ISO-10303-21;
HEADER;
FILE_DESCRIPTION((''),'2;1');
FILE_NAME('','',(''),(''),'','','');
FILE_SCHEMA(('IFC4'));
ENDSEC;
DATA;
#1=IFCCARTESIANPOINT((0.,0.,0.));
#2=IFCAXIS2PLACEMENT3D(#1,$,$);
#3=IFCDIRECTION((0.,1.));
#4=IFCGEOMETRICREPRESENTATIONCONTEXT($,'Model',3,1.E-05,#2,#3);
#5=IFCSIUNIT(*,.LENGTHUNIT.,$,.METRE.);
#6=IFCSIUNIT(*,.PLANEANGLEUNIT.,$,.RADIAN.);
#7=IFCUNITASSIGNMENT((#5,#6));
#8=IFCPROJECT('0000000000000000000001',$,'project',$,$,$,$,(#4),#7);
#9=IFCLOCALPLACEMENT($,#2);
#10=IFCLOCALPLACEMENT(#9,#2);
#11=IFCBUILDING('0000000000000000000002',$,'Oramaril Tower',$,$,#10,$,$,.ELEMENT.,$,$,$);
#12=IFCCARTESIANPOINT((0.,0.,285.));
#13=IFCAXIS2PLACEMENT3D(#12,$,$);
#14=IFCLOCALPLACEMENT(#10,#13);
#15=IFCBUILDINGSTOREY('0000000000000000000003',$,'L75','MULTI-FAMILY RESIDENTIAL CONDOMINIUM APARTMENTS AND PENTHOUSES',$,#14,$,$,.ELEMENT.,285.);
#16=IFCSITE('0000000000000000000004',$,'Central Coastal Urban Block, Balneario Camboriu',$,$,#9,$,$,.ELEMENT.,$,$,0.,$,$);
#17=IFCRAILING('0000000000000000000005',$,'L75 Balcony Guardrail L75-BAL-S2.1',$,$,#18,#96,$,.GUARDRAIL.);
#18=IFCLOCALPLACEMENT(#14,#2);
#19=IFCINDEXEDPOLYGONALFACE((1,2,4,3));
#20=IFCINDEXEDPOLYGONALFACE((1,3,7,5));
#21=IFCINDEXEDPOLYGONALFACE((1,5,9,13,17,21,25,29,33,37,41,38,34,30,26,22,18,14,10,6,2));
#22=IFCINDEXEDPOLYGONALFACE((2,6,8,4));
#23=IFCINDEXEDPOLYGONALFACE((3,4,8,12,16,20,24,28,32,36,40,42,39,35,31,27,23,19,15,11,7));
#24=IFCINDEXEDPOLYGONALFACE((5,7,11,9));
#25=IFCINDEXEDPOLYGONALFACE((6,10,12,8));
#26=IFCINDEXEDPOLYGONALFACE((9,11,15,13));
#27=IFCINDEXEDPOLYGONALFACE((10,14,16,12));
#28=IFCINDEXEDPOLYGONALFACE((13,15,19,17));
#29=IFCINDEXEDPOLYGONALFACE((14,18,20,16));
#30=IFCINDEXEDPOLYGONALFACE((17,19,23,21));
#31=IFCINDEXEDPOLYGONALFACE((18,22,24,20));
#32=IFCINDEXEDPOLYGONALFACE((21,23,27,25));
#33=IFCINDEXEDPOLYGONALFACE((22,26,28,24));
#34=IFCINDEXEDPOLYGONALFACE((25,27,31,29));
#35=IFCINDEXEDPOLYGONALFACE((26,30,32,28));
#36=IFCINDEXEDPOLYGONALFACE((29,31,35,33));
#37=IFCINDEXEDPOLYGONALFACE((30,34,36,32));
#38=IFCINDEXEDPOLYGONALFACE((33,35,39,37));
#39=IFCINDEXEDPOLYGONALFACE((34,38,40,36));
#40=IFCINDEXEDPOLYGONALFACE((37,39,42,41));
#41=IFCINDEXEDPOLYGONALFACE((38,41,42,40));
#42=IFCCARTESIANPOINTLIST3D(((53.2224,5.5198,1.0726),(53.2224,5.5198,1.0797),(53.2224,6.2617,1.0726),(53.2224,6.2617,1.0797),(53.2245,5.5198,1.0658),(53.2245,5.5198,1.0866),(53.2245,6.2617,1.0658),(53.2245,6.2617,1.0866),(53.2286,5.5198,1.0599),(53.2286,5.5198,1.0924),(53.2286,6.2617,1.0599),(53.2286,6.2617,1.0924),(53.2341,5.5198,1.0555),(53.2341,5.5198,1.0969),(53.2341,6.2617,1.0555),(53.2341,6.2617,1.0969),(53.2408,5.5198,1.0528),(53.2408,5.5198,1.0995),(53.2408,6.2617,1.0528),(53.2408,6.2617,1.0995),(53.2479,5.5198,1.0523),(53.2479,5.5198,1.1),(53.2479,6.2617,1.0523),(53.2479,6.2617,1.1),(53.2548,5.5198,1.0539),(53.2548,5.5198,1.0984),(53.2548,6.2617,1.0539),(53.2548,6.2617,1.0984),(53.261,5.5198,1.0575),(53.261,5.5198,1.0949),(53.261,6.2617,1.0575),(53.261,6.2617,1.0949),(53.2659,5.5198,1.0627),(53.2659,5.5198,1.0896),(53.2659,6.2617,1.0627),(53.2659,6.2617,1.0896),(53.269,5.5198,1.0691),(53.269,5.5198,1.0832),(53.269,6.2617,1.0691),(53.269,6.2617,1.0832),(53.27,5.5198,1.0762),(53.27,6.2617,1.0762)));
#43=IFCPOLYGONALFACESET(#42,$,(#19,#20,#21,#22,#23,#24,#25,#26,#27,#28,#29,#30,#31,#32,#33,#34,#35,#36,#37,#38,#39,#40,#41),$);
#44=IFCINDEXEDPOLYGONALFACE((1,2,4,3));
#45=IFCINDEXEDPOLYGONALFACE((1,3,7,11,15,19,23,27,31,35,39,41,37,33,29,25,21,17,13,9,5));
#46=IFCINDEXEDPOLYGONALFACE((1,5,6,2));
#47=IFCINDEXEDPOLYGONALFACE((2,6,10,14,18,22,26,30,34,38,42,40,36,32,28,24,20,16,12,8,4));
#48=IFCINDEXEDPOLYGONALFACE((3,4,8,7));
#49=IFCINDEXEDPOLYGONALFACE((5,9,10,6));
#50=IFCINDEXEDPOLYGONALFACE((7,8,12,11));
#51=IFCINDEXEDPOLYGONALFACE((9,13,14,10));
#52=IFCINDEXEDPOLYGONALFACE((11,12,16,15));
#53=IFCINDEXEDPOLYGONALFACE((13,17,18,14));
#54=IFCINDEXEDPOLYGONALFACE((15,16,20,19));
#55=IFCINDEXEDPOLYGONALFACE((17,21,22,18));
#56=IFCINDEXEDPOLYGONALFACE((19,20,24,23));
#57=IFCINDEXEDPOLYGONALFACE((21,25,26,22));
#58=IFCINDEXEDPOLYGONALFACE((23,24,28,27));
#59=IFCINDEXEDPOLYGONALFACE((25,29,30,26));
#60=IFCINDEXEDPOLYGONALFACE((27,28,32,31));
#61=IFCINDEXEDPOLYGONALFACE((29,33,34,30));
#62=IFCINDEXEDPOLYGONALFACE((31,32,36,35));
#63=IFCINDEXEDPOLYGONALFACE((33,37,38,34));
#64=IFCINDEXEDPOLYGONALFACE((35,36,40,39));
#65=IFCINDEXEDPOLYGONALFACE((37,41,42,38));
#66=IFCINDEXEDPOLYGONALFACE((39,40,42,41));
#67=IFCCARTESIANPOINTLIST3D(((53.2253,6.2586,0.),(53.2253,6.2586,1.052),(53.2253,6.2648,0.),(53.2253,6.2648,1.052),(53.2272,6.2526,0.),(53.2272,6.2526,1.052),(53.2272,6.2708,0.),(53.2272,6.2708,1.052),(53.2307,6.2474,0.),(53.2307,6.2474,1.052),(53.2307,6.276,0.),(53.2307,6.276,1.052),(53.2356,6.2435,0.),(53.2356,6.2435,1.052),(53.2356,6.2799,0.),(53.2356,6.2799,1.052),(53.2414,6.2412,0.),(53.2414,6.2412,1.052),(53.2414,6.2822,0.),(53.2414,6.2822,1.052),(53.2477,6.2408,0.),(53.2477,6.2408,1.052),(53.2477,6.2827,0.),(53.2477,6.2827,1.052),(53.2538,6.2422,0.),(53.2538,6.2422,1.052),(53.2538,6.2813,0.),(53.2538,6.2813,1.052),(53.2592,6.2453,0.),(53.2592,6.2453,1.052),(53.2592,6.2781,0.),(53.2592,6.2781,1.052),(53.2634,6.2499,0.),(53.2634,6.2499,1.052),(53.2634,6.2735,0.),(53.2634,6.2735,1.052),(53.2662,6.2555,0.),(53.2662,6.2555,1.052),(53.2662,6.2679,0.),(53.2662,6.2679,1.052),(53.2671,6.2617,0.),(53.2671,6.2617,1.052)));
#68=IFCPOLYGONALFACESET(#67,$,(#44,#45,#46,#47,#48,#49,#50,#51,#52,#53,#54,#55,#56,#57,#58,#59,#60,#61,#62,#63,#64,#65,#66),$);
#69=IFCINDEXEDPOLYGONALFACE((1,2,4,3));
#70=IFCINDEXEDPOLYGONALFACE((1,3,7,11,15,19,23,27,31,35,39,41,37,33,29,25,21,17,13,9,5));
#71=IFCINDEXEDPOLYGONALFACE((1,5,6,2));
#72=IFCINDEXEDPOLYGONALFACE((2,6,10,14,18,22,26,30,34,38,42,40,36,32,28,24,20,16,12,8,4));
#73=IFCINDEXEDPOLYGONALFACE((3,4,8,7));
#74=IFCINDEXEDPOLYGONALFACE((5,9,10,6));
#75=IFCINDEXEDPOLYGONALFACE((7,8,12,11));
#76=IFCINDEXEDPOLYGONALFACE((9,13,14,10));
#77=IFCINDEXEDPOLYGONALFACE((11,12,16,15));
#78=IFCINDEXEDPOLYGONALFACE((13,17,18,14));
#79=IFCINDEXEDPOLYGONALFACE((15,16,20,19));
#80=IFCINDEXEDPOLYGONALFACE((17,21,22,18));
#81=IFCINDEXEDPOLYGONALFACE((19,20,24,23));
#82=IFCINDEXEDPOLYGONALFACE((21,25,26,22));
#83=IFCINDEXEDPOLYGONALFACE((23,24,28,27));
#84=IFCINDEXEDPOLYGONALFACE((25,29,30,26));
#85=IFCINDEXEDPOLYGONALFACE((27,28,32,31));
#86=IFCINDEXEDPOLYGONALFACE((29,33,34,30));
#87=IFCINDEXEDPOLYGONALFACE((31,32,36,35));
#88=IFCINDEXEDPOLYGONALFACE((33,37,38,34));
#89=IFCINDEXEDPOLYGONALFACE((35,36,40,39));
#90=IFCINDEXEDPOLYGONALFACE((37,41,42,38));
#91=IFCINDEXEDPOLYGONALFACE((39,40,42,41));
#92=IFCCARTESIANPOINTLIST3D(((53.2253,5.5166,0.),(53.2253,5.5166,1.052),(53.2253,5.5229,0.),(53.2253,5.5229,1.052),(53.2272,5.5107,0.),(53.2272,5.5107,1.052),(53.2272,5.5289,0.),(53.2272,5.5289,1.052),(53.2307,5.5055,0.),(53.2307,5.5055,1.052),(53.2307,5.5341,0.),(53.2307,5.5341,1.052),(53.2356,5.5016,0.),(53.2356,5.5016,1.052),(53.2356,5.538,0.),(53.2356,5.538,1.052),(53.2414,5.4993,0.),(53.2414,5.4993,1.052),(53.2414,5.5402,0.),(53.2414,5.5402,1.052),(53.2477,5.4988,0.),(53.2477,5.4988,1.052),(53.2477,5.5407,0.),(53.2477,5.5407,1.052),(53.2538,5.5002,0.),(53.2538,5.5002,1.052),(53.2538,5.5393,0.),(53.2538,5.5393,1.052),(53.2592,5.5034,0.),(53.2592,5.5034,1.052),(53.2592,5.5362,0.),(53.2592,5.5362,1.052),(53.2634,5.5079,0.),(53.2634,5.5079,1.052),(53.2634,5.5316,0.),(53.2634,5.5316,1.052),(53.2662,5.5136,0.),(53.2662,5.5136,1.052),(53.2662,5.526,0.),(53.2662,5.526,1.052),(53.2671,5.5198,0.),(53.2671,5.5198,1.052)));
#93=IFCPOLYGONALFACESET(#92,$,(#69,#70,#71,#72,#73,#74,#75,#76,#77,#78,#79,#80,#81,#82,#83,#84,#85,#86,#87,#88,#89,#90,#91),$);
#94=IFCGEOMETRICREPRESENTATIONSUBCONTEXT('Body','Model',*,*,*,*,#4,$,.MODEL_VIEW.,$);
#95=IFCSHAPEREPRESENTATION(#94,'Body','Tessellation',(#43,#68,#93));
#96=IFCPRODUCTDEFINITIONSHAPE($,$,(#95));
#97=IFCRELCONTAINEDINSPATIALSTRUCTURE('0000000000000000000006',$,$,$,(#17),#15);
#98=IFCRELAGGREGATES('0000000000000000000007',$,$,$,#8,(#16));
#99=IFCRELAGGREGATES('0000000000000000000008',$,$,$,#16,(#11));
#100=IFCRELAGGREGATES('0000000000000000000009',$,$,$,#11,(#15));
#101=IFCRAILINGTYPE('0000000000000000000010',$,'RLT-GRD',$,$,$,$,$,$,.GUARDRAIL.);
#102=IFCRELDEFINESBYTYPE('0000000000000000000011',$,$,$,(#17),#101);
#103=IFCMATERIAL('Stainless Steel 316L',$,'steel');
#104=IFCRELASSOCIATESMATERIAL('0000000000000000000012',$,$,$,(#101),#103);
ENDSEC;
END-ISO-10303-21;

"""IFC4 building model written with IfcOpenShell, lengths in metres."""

from ifc_helpers import new_model, si_unit, direction, frame, origin, origin_2d, place, context, subcontext, project, spatial, circle, extrude, material, type_object, element, save


model = new_model("IFC4")

# Units and contexts
model_context = context("Model", 3, precision=1e-05, world=origin(), true_north=direction((0.0, 1.0)))
body_context = subcontext(model_context, "Body", "Model", "MODEL_VIEW")
ifc_project = project(units=[si_unit("LENGTHUNIT", "METRE"), si_unit("PLANEANGLEUNIT", "RADIAN")], contexts=[model_context])

# Site, building, storey
site_placement = place(None, origin())
site = spatial("IfcSite", under=ifc_project, at=site_placement, Name="Central Coastal Urban Block, Balneario Camboriu", CompositionType="ELEMENT", RefElevation=0.0)
building_placement = place(site_placement, origin())
building = spatial("IfcBuilding", under=site, at=building_placement, Name="Oramaril Tower", CompositionType="ELEMENT")
storey_placement = place(building_placement, frame((0.0, 0.0, 285.0)))
storey = spatial("IfcBuildingStorey", under=building, at=storey_placement, Name="L75", Description="MULTI-FAMILY RESIDENTIAL CONDOMINIUM APARTMENTS AND PENTHOUSES", CompositionType="ELEMENT", Elevation=285.0)

# Railing
ifc_material_1 = material(Name="Stainless Steel 316L", Category="steel")
railing_type = type_object("IfcRailingType", Name="RLT-GRD", PredefinedType="GUARDRAIL", material=ifc_material_1)
railing_1_placement = place(storey_placement, frame((53.2461, 6.2617, 0.0)))
element("IfcRailing", 1, at=railing_1_placement, inside=storey, type_object=railing_type, Name="L75 Balcony Guardrail L75-BAL-S2.1", PredefinedType="GUARDRAIL", context=body_context, shape_type="SweptSolid", body=[
    extrude(circle(Radius=0.0239, at=origin_2d()), frame((0.0, 0.0, 1.0762), z_axis=(0.0, -1.0, 0.0), x_axis=(1.0, 0.0, 0.0)), (0.0, 0.0, 1.0), 0.7419),
    extrude(circle(Radius=0.021, at=origin_2d()), origin(), (0.0, 0.0, 1.0), 1.052),
    extrude(circle(Radius=0.021, at=origin_2d()), frame((0.0, -0.7419, 0.0)), (0.0, 0.0, 1.0), 1.052),
])

save(model, "model.ifc")
